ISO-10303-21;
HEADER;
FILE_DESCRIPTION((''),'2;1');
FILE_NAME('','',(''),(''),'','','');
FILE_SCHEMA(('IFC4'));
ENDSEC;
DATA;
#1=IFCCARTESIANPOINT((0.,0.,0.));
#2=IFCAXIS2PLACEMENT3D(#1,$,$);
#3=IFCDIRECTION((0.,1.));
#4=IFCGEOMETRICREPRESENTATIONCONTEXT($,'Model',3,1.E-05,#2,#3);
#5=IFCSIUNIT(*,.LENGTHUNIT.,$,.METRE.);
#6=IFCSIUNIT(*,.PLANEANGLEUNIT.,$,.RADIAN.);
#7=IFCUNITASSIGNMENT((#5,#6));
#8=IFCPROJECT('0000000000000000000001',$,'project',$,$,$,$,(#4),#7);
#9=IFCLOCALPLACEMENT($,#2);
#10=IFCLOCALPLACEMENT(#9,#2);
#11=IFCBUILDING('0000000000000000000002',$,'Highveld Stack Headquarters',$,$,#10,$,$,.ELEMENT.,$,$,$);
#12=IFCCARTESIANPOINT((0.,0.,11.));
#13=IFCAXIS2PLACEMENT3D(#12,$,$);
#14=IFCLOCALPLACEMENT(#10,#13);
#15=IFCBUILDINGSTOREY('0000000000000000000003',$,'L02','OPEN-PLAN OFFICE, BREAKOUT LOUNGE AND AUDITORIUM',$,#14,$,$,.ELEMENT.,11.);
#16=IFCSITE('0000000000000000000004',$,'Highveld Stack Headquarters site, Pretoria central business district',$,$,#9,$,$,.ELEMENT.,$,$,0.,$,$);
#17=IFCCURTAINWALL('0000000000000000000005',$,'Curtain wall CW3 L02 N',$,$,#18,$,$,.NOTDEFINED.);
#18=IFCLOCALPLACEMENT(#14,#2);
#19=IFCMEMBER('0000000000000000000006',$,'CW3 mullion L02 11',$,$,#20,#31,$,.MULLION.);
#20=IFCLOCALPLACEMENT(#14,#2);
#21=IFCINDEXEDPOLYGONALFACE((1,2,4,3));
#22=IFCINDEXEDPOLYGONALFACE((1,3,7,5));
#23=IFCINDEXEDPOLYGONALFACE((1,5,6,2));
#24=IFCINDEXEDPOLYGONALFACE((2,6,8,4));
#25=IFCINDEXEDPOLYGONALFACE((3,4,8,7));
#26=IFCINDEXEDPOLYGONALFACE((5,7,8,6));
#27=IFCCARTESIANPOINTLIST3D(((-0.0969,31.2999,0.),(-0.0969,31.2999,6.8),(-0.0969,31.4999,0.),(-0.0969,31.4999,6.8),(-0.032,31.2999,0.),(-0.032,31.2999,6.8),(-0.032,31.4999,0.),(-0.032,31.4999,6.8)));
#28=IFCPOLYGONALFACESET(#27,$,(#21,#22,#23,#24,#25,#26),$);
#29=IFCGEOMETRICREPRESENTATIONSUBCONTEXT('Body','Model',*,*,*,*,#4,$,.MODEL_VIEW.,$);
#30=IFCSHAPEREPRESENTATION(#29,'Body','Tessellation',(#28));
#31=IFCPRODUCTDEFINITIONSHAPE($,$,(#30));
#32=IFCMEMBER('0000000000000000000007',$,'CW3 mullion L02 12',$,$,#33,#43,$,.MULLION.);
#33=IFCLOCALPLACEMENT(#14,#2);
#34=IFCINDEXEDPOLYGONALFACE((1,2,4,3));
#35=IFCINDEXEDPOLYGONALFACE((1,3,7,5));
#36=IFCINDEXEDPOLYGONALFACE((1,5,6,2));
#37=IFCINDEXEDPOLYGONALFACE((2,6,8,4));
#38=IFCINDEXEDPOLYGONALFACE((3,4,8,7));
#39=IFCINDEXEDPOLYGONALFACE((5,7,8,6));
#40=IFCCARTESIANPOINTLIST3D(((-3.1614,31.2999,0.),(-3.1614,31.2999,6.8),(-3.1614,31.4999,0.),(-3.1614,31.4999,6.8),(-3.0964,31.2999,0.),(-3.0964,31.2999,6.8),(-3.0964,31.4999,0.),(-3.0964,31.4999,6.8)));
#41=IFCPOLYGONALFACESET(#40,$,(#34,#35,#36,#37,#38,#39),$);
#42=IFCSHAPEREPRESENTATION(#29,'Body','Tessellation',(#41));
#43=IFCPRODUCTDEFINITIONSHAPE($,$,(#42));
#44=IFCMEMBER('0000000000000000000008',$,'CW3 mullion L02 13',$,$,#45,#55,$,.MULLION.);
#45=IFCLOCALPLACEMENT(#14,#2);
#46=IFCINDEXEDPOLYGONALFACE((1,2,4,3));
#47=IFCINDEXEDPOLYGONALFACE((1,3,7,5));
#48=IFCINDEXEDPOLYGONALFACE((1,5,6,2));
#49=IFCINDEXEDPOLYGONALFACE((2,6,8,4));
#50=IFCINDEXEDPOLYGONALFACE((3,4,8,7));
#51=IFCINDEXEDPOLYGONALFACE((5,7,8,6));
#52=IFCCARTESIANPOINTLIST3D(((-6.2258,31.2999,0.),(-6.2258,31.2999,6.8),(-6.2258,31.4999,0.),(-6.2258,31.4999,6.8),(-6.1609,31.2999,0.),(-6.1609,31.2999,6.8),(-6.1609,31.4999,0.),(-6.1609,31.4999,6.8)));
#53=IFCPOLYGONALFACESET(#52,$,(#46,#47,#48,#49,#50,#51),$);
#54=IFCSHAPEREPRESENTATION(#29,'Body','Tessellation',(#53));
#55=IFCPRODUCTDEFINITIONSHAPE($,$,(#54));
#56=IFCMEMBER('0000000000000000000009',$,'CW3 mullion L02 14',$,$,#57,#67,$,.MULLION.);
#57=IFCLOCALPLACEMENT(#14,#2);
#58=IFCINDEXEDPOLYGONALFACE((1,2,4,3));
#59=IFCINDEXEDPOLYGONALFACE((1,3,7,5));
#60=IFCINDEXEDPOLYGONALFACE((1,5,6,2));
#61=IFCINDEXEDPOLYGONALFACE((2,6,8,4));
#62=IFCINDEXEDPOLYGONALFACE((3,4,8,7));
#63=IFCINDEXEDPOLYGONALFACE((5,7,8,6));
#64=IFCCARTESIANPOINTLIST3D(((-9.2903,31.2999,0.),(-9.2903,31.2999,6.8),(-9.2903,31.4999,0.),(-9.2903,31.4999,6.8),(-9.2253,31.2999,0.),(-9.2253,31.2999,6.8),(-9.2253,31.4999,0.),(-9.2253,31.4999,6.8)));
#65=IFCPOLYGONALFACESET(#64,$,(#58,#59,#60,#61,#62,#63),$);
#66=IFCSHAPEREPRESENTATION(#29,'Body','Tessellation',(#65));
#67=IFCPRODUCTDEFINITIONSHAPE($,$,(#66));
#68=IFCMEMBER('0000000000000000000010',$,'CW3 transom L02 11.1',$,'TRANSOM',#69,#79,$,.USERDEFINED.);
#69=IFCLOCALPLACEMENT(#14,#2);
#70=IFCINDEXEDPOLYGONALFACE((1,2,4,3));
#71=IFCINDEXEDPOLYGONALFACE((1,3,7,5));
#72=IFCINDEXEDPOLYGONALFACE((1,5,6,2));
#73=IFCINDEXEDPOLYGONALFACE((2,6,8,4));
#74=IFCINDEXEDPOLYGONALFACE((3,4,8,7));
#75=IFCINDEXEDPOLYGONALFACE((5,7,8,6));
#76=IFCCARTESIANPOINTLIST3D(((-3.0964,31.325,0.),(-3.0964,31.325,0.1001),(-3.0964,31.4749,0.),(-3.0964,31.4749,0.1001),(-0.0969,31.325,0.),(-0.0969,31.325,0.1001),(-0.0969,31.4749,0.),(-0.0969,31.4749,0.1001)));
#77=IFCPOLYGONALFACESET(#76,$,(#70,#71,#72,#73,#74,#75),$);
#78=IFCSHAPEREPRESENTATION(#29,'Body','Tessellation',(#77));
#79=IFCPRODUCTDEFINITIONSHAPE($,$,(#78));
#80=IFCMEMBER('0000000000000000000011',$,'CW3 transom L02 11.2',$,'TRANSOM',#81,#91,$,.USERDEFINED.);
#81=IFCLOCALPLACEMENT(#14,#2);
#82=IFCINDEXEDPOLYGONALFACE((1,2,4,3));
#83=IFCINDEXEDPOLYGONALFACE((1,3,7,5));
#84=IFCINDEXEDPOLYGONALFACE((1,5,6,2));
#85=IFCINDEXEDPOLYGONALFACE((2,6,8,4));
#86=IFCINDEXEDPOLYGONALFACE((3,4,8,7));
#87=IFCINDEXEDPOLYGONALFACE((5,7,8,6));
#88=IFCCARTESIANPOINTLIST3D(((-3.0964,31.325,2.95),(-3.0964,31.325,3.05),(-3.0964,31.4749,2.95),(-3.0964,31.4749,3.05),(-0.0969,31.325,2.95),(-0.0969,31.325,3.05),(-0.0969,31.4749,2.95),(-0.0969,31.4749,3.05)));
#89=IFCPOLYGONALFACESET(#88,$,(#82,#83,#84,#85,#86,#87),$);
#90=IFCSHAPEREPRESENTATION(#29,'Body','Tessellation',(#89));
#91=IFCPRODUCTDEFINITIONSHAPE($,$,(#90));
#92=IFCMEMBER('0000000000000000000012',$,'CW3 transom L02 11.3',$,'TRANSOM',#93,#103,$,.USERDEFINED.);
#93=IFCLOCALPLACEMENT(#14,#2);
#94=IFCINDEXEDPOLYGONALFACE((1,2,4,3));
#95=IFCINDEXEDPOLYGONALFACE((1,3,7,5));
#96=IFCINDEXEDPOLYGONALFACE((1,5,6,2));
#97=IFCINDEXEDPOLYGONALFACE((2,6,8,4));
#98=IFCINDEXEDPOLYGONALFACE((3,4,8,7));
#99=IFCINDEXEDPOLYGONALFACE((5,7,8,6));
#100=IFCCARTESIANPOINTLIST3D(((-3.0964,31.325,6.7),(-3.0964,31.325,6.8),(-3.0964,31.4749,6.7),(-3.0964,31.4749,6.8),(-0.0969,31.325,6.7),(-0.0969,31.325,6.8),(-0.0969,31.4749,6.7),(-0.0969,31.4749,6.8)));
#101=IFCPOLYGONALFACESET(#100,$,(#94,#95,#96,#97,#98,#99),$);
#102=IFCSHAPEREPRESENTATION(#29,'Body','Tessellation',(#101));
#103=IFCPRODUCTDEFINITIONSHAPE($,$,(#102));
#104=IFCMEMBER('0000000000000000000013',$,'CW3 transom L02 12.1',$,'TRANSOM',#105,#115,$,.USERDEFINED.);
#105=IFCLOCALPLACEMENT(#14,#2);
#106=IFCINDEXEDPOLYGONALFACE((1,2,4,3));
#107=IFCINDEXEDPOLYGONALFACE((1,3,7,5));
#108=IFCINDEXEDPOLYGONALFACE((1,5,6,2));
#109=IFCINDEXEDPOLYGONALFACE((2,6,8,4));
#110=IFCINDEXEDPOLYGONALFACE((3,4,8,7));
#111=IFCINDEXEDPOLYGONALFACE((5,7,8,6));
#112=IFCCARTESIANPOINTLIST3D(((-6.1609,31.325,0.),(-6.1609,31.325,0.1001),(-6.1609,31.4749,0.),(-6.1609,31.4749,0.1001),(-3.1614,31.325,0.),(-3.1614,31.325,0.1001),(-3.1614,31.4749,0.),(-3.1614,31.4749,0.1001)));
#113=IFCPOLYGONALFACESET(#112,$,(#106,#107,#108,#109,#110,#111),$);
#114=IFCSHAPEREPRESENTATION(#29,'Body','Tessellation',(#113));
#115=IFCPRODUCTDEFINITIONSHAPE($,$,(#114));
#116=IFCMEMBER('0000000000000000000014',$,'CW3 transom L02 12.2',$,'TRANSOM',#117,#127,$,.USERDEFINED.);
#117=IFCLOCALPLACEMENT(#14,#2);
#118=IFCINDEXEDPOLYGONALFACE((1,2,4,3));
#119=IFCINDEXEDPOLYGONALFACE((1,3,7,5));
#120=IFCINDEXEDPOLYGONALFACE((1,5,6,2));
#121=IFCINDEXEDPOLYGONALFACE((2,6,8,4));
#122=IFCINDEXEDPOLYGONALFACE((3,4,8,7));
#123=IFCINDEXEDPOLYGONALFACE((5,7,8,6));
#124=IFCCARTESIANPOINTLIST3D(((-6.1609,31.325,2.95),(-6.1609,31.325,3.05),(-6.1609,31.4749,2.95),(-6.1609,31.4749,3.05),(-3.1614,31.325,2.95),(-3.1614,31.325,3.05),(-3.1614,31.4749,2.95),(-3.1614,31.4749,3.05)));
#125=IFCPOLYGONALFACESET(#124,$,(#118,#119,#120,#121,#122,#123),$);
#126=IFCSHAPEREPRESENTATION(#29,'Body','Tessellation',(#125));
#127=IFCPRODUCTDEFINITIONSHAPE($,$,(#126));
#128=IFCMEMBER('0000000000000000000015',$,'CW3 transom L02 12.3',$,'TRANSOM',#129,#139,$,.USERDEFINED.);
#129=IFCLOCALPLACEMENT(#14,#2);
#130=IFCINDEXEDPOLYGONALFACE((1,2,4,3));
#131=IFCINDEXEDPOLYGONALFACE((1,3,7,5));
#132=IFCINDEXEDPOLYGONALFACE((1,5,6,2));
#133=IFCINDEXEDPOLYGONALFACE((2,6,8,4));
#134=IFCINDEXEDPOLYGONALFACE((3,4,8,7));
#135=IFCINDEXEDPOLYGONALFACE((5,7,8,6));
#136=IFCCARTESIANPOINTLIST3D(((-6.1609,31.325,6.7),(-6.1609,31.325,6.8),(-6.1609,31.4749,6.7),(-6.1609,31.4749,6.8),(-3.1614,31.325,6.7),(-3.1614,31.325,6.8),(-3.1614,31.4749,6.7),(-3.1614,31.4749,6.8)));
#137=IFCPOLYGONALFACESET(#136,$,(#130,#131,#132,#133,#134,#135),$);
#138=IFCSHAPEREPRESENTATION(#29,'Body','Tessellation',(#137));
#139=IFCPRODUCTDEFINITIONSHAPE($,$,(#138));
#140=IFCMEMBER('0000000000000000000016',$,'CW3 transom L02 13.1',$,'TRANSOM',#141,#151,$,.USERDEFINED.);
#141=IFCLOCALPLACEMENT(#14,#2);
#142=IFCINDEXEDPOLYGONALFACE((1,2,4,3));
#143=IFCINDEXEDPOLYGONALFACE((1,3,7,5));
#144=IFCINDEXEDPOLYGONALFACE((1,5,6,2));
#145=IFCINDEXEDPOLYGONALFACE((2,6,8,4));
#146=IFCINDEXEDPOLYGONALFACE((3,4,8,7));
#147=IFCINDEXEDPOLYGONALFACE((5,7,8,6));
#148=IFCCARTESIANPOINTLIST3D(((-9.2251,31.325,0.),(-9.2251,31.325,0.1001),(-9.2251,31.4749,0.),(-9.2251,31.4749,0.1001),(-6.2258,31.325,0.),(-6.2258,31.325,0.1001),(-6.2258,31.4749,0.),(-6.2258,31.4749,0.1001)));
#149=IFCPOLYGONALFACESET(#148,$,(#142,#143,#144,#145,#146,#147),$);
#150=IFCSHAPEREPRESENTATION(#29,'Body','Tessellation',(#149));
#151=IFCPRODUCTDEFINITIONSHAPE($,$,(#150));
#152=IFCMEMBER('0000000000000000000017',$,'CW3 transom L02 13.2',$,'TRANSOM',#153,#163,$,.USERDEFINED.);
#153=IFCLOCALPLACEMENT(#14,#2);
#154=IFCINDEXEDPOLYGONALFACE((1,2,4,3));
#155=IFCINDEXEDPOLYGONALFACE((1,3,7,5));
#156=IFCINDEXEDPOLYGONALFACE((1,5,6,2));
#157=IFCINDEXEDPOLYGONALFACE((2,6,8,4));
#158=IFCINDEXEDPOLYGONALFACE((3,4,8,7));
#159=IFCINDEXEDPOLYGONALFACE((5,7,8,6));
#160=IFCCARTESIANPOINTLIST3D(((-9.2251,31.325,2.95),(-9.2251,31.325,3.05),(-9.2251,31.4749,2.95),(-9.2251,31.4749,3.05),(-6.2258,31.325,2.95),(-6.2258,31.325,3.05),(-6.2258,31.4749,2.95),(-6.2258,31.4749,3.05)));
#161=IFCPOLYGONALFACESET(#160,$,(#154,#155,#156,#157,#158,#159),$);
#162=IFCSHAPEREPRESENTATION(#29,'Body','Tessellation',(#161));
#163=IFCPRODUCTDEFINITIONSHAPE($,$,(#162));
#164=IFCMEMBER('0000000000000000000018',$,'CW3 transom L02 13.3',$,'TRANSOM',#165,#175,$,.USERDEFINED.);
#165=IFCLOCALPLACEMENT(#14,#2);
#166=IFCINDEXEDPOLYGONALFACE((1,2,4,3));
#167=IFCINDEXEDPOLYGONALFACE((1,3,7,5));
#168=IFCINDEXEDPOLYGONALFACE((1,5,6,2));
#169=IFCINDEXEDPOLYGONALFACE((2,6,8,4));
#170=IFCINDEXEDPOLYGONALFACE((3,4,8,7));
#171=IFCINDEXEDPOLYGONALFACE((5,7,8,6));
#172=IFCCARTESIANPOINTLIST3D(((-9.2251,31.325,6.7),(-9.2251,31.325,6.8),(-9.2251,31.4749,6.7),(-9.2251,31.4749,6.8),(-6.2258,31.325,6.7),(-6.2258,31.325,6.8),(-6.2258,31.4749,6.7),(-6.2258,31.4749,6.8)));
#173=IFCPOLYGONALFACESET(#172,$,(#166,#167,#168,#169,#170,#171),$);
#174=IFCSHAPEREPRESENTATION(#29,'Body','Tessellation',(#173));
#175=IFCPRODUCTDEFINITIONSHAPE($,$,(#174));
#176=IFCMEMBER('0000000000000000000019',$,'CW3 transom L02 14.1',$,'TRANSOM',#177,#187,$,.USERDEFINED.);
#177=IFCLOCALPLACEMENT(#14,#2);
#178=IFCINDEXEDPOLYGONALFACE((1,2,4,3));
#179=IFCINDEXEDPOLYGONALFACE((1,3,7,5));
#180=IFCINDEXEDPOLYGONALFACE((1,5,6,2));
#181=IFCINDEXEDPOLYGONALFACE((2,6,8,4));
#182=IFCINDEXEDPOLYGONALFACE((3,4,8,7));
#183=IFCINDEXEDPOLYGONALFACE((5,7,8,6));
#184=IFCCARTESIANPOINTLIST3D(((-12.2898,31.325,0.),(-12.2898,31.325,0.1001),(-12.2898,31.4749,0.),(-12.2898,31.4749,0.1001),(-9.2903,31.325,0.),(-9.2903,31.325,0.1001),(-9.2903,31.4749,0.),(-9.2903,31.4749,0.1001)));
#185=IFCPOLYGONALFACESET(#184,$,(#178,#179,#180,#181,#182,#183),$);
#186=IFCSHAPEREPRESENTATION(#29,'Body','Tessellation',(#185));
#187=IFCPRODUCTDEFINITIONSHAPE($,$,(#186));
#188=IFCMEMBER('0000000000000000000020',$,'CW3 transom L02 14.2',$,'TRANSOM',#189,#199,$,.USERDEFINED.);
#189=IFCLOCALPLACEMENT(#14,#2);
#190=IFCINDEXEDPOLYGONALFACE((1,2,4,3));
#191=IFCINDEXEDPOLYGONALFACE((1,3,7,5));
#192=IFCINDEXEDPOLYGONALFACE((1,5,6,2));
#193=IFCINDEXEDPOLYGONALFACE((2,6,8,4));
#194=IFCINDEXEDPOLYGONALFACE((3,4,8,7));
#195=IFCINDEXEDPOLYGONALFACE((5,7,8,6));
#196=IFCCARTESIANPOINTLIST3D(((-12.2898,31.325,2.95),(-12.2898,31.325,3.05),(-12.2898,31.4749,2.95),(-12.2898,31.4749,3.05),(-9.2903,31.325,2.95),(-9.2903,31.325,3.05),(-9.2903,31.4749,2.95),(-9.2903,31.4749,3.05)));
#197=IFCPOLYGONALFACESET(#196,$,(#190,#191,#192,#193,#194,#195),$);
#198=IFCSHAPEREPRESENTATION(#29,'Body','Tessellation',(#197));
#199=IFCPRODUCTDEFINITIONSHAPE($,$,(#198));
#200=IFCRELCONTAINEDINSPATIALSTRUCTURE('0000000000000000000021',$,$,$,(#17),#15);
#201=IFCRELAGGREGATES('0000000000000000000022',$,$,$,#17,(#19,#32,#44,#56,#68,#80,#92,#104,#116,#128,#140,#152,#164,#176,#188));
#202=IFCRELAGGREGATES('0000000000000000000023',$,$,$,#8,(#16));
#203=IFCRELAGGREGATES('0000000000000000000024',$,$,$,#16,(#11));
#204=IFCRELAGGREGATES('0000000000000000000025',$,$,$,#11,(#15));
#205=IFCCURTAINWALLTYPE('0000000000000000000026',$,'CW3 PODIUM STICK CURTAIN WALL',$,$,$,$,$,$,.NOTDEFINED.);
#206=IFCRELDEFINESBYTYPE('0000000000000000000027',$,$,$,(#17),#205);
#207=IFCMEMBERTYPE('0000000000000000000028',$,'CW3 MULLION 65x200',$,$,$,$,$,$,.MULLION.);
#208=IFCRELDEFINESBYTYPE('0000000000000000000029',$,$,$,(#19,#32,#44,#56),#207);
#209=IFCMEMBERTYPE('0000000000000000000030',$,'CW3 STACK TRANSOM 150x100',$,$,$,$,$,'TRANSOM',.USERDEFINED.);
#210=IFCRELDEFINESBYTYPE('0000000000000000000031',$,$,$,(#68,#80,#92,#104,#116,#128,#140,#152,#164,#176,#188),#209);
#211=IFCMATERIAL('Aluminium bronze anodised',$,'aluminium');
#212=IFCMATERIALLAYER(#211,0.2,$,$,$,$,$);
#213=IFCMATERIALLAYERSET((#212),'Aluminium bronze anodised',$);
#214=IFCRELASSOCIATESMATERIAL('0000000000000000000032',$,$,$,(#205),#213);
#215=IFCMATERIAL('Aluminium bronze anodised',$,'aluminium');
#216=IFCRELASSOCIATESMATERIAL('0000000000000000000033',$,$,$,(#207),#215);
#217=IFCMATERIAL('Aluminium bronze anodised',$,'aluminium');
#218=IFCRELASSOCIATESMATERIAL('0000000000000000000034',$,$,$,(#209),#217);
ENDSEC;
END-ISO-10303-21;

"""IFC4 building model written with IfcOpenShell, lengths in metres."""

from ifc_helpers import new_model, si_unit, direction, frame, origin, origin_2d, place, context, subcontext, project, spatial, rectangle, extrude, material, layer, layer_set, material_profile, profile_set, type_object, element, aggregate, save


model = new_model("IFC4")

# Units and contexts
model_context = context("Model", 3, precision=1e-05, world=origin(), true_north=direction((0.0, 1.0)))
body_context = subcontext(model_context, "Body", "Model", "MODEL_VIEW")
ifc_project = project(units=[si_unit("LENGTHUNIT", "METRE"), si_unit("PLANEANGLEUNIT", "RADIAN")], contexts=[model_context])

# Site, building, storey
site_placement = place(None, origin())
site = spatial("IfcSite", under=ifc_project, at=site_placement, Name="Highveld Stack Headquarters site, Pretoria central business district", CompositionType="ELEMENT", RefElevation=0.0)
building_placement = place(site_placement, origin())
building = spatial("IfcBuilding", under=site, at=building_placement, Name="Highveld Stack Headquarters", CompositionType="ELEMENT")
storey_placement = place(building_placement, frame((0.0, 0.0, 11.0)))
storey = spatial("IfcBuildingStorey", under=building, at=storey_placement, Name="L02", Description="OPEN-PLAN OFFICE, BREAKOUT LOUNGE AND AUDITORIUM", CompositionType="ELEMENT", Elevation=11.0)

# Curtain wall, members
ifc_material_1 = material(Name="Aluminium bronze anodised", Category="aluminium")
ifc_layer_1 = layer(ifc_material_1, 0.2)
ifc_layer_set_1 = layer_set([ifc_layer_1], Name="Aluminium bronze anodised")
curtain_wall_type = type_object("IfcCurtainWallType", Name="CW3 PODIUM STICK CURTAIN WALL", PredefinedType="NOTDEFINED", material=ifc_layer_set_1)
curtain_wall_placement = place(storey_placement, origin())
curtain_wall = element("IfcCurtainWall", 1, at=curtain_wall_placement, inside=storey, type_object=curtain_wall_type, Name="Curtain wall CW3 L02 N", PredefinedType="NOTDEFINED")
ifc_material_2 = material(Name="Aluminium bronze anodised", Category="aluminium")
ifc_material_profile_1 = material_profile(ifc_material_2, rectangle(XDim=0.2, YDim=0.0649, at=origin_2d()), Name="CW3 MULLION 65x200")
ifc_profile_set_1 = profile_set([ifc_material_profile_1], Name="Aluminium bronze anodised")
member_type_1 = type_object("IfcMemberType", Name="CW3 MULLION 65x200", PredefinedType="MULLION", material=ifc_profile_set_1)
member_1_placement = place(storey_placement, frame((-0.0645, 31.3999, 0.0), z_axis=(0.0, 0.0, 1.0), x_axis=(0.0, -1.0, 0.0)))
member_1 = element("IfcMember", 2, at=member_1_placement, type_object=member_type_1, Name="CW3 mullion L02 11", PredefinedType="MULLION", context=body_context, shape_type="SweptSolid", body=[
    extrude(rectangle(XDim=0.2, YDim=0.0649, at=origin_2d()), origin(), (0.0, 0.0, 1.0), 6.8),
])
member_2_placement = place(storey_placement, frame((-3.1289, 31.3999, 0.0), z_axis=(0.0, 0.0, 1.0), x_axis=(0.0, -1.0, 0.0)))
member_2 = element("IfcMember", 3, at=member_2_placement, type_object=member_type_1, Name="CW3 mullion L02 12", PredefinedType="MULLION", context=body_context, shape_type="SweptSolid", body=[
    extrude(rectangle(XDim=0.2, YDim=0.0649, at=origin_2d()), origin(), (0.0, 0.0, 1.0), 6.8),
])
member_3_placement = place(storey_placement, frame((-6.1934, 31.3999, 0.0), z_axis=(0.0, 0.0, 1.0), x_axis=(0.0, -1.0, 0.0)))
member_3 = element("IfcMember", 4, at=member_3_placement, type_object=member_type_1, Name="CW3 mullion L02 13", PredefinedType="MULLION", context=body_context, shape_type="SweptSolid", body=[
    extrude(rectangle(XDim=0.2, YDim=0.0649, at=origin_2d()), origin(), (0.0, 0.0, 1.0), 6.8),
])
member_4_placement = place(storey_placement, frame((-9.2578, 31.3999, 0.0), z_axis=(0.0, 0.0, 1.0), x_axis=(0.0, -1.0, 0.0)))
member_4 = element("IfcMember", 5, at=member_4_placement, type_object=member_type_1, Name="CW3 mullion L02 14", PredefinedType="MULLION", context=body_context, shape_type="SweptSolid", body=[
    extrude(rectangle(XDim=0.2, YDim=0.0649, at=origin_2d()), origin(), (0.0, 0.0, 1.0), 6.8),
])
ifc_material_3 = material(Name="Aluminium bronze anodised", Category="aluminium")
ifc_material_profile_2 = material_profile(ifc_material_3, rectangle(XDim=0.1499, YDim=0.1001, at=origin_2d()), Name="CW3 TRANSOM 150x100")
ifc_profile_set_2 = profile_set([ifc_material_profile_2], Name="Aluminium bronze anodised")
member_type_2 = type_object("IfcMemberType", Name="CW3 STACK TRANSOM 150x100", ElementType="TRANSOM", PredefinedType="USERDEFINED", material=ifc_profile_set_2)
member_5_placement = place(storey_placement, frame((-0.0969, 31.3999, 0.05), z_axis=(-1.0, 0.0, 0.0), x_axis=(0.0, -1.0, 0.0)))
member_5 = element("IfcMember", 6, at=member_5_placement, type_object=member_type_2, Name="CW3 transom L02 11.1", ObjectType="TRANSOM", PredefinedType="USERDEFINED", context=body_context, shape_type="SweptSolid", body=[
    extrude(rectangle(XDim=0.1499, YDim=0.1001, at=origin_2d()), origin(), (0.0, 0.0, 1.0), 2.9995),
])
member_6_placement = place(storey_placement, frame((-0.0969, 31.3999, 3.0), z_axis=(-1.0, 0.0, 0.0), x_axis=(0.0, -1.0, 0.0)))
member_6 = element("IfcMember", 7, at=member_6_placement, type_object=member_type_2, Name="CW3 transom L02 11.2", ObjectType="TRANSOM", PredefinedType="USERDEFINED", context=body_context, shape_type="SweptSolid", body=[
    extrude(rectangle(XDim=0.1499, YDim=0.1001, at=origin_2d()), origin(), (0.0, 0.0, 1.0), 2.9995),
])
member_7_placement = place(storey_placement, frame((-0.0969, 31.3999, 6.75), z_axis=(-1.0, 0.0, 0.0), x_axis=(0.0, -1.0, 0.0)))
member_7 = element("IfcMember", 8, at=member_7_placement, type_object=member_type_2, Name="CW3 transom L02 11.3", ObjectType="TRANSOM", PredefinedType="USERDEFINED", context=body_context, shape_type="SweptSolid", body=[
    extrude(rectangle(XDim=0.1499, YDim=0.1001, at=origin_2d()), origin(), (0.0, 0.0, 1.0), 2.9995),
])
member_8_placement = place(storey_placement, frame((-3.1614, 31.3999, 0.05), z_axis=(-1.0, 0.0, 0.0), x_axis=(0.0, -1.0, 0.0)))
member_8 = element("IfcMember", 9, at=member_8_placement, type_object=member_type_2, Name="CW3 transom L02 12.1", ObjectType="TRANSOM", PredefinedType="USERDEFINED", context=body_context, shape_type="SweptSolid", body=[
    extrude(rectangle(XDim=0.1499, YDim=0.1001, at=origin_2d()), origin(), (0.0, 0.0, 1.0), 2.9995),
])
member_9_placement = place(storey_placement, frame((-3.1614, 31.3999, 3.0), z_axis=(-1.0, 0.0, 0.0), x_axis=(0.0, -1.0, 0.0)))
member_9 = element("IfcMember", 10, at=member_9_placement, type_object=member_type_2, Name="CW3 transom L02 12.2", ObjectType="TRANSOM", PredefinedType="USERDEFINED", context=body_context, shape_type="SweptSolid", body=[
    extrude(rectangle(XDim=0.1499, YDim=0.1001, at=origin_2d()), origin(), (0.0, 0.0, 1.0), 2.9995),
])
member_10_placement = place(storey_placement, frame((-3.1614, 31.3999, 6.75), z_axis=(-1.0, 0.0, 0.0), x_axis=(0.0, -1.0, 0.0)))
member_10 = element("IfcMember", 11, at=member_10_placement, type_object=member_type_2, Name="CW3 transom L02 12.3", ObjectType="TRANSOM", PredefinedType="USERDEFINED", context=body_context, shape_type="SweptSolid", body=[
    extrude(rectangle(XDim=0.1499, YDim=0.1001, at=origin_2d()), origin(), (0.0, 0.0, 1.0), 2.9995),
])
member_11_placement = place(storey_placement, frame((-6.2258, 31.3999, 0.05), z_axis=(-1.0, 0.0, 0.0), x_axis=(0.0, -1.0, 0.0)))
member_11 = element("IfcMember", 12, at=member_11_placement, type_object=member_type_2, Name="CW3 transom L02 13.1", ObjectType="TRANSOM", PredefinedType="USERDEFINED", context=body_context, shape_type="SweptSolid", body=[
    extrude(rectangle(XDim=0.1499, YDim=0.1001, at=origin_2d()), origin(), (0.0, 0.0, 1.0), 2.9993),
])
member_12_placement = place(storey_placement, frame((-6.2258, 31.3999, 3.0), z_axis=(-1.0, 0.0, 0.0), x_axis=(0.0, -1.0, 0.0)))
member_12 = element("IfcMember", 13, at=member_12_placement, type_object=member_type_2, Name="CW3 transom L02 13.2", ObjectType="TRANSOM", PredefinedType="USERDEFINED", context=body_context, shape_type="SweptSolid", body=[
    extrude(rectangle(XDim=0.1499, YDim=0.1001, at=origin_2d()), origin(), (0.0, 0.0, 1.0), 2.9993),
])
member_13_placement = place(storey_placement, frame((-6.2258, 31.3999, 6.75), z_axis=(-1.0, 0.0, 0.0), x_axis=(0.0, -1.0, 0.0)))
member_13 = element("IfcMember", 14, at=member_13_placement, type_object=member_type_2, Name="CW3 transom L02 13.3", ObjectType="TRANSOM", PredefinedType="USERDEFINED", context=body_context, shape_type="SweptSolid", body=[
    extrude(rectangle(XDim=0.1499, YDim=0.1001, at=origin_2d()), origin(), (0.0, 0.0, 1.0), 2.9993),
])
member_14_placement = place(storey_placement, frame((-9.2903, 31.3999, 0.05), z_axis=(-1.0, 0.0, 0.0), x_axis=(0.0, -1.0, 0.0)))
member_14 = element("IfcMember", 15, at=member_14_placement, type_object=member_type_2, Name="CW3 transom L02 14.1", ObjectType="TRANSOM", PredefinedType="USERDEFINED", context=body_context, shape_type="SweptSolid", body=[
    extrude(rectangle(XDim=0.1499, YDim=0.1001, at=origin_2d()), origin(), (0.0, 0.0, 1.0), 2.9995),
])
member_15_placement = place(storey_placement, frame((-9.2903, 31.3999, 3.0), z_axis=(-1.0, 0.0, 0.0), x_axis=(0.0, -1.0, 0.0)))
member_15 = element("IfcMember", 16, at=member_15_placement, type_object=member_type_2, Name="CW3 transom L02 14.2", ObjectType="TRANSOM", PredefinedType="USERDEFINED", context=body_context, shape_type="SweptSolid", body=[
    extrude(rectangle(XDim=0.1499, YDim=0.1001, at=origin_2d()), origin(), (0.0, 0.0, 1.0), 2.9995),
])
aggregate(curtain_wall, [member_1, member_2, member_3, member_4, member_5, member_6, member_7, member_8, member_9, member_10, member_11, member_12, member_13, member_14, member_15])

save(model, "model.ifc")
